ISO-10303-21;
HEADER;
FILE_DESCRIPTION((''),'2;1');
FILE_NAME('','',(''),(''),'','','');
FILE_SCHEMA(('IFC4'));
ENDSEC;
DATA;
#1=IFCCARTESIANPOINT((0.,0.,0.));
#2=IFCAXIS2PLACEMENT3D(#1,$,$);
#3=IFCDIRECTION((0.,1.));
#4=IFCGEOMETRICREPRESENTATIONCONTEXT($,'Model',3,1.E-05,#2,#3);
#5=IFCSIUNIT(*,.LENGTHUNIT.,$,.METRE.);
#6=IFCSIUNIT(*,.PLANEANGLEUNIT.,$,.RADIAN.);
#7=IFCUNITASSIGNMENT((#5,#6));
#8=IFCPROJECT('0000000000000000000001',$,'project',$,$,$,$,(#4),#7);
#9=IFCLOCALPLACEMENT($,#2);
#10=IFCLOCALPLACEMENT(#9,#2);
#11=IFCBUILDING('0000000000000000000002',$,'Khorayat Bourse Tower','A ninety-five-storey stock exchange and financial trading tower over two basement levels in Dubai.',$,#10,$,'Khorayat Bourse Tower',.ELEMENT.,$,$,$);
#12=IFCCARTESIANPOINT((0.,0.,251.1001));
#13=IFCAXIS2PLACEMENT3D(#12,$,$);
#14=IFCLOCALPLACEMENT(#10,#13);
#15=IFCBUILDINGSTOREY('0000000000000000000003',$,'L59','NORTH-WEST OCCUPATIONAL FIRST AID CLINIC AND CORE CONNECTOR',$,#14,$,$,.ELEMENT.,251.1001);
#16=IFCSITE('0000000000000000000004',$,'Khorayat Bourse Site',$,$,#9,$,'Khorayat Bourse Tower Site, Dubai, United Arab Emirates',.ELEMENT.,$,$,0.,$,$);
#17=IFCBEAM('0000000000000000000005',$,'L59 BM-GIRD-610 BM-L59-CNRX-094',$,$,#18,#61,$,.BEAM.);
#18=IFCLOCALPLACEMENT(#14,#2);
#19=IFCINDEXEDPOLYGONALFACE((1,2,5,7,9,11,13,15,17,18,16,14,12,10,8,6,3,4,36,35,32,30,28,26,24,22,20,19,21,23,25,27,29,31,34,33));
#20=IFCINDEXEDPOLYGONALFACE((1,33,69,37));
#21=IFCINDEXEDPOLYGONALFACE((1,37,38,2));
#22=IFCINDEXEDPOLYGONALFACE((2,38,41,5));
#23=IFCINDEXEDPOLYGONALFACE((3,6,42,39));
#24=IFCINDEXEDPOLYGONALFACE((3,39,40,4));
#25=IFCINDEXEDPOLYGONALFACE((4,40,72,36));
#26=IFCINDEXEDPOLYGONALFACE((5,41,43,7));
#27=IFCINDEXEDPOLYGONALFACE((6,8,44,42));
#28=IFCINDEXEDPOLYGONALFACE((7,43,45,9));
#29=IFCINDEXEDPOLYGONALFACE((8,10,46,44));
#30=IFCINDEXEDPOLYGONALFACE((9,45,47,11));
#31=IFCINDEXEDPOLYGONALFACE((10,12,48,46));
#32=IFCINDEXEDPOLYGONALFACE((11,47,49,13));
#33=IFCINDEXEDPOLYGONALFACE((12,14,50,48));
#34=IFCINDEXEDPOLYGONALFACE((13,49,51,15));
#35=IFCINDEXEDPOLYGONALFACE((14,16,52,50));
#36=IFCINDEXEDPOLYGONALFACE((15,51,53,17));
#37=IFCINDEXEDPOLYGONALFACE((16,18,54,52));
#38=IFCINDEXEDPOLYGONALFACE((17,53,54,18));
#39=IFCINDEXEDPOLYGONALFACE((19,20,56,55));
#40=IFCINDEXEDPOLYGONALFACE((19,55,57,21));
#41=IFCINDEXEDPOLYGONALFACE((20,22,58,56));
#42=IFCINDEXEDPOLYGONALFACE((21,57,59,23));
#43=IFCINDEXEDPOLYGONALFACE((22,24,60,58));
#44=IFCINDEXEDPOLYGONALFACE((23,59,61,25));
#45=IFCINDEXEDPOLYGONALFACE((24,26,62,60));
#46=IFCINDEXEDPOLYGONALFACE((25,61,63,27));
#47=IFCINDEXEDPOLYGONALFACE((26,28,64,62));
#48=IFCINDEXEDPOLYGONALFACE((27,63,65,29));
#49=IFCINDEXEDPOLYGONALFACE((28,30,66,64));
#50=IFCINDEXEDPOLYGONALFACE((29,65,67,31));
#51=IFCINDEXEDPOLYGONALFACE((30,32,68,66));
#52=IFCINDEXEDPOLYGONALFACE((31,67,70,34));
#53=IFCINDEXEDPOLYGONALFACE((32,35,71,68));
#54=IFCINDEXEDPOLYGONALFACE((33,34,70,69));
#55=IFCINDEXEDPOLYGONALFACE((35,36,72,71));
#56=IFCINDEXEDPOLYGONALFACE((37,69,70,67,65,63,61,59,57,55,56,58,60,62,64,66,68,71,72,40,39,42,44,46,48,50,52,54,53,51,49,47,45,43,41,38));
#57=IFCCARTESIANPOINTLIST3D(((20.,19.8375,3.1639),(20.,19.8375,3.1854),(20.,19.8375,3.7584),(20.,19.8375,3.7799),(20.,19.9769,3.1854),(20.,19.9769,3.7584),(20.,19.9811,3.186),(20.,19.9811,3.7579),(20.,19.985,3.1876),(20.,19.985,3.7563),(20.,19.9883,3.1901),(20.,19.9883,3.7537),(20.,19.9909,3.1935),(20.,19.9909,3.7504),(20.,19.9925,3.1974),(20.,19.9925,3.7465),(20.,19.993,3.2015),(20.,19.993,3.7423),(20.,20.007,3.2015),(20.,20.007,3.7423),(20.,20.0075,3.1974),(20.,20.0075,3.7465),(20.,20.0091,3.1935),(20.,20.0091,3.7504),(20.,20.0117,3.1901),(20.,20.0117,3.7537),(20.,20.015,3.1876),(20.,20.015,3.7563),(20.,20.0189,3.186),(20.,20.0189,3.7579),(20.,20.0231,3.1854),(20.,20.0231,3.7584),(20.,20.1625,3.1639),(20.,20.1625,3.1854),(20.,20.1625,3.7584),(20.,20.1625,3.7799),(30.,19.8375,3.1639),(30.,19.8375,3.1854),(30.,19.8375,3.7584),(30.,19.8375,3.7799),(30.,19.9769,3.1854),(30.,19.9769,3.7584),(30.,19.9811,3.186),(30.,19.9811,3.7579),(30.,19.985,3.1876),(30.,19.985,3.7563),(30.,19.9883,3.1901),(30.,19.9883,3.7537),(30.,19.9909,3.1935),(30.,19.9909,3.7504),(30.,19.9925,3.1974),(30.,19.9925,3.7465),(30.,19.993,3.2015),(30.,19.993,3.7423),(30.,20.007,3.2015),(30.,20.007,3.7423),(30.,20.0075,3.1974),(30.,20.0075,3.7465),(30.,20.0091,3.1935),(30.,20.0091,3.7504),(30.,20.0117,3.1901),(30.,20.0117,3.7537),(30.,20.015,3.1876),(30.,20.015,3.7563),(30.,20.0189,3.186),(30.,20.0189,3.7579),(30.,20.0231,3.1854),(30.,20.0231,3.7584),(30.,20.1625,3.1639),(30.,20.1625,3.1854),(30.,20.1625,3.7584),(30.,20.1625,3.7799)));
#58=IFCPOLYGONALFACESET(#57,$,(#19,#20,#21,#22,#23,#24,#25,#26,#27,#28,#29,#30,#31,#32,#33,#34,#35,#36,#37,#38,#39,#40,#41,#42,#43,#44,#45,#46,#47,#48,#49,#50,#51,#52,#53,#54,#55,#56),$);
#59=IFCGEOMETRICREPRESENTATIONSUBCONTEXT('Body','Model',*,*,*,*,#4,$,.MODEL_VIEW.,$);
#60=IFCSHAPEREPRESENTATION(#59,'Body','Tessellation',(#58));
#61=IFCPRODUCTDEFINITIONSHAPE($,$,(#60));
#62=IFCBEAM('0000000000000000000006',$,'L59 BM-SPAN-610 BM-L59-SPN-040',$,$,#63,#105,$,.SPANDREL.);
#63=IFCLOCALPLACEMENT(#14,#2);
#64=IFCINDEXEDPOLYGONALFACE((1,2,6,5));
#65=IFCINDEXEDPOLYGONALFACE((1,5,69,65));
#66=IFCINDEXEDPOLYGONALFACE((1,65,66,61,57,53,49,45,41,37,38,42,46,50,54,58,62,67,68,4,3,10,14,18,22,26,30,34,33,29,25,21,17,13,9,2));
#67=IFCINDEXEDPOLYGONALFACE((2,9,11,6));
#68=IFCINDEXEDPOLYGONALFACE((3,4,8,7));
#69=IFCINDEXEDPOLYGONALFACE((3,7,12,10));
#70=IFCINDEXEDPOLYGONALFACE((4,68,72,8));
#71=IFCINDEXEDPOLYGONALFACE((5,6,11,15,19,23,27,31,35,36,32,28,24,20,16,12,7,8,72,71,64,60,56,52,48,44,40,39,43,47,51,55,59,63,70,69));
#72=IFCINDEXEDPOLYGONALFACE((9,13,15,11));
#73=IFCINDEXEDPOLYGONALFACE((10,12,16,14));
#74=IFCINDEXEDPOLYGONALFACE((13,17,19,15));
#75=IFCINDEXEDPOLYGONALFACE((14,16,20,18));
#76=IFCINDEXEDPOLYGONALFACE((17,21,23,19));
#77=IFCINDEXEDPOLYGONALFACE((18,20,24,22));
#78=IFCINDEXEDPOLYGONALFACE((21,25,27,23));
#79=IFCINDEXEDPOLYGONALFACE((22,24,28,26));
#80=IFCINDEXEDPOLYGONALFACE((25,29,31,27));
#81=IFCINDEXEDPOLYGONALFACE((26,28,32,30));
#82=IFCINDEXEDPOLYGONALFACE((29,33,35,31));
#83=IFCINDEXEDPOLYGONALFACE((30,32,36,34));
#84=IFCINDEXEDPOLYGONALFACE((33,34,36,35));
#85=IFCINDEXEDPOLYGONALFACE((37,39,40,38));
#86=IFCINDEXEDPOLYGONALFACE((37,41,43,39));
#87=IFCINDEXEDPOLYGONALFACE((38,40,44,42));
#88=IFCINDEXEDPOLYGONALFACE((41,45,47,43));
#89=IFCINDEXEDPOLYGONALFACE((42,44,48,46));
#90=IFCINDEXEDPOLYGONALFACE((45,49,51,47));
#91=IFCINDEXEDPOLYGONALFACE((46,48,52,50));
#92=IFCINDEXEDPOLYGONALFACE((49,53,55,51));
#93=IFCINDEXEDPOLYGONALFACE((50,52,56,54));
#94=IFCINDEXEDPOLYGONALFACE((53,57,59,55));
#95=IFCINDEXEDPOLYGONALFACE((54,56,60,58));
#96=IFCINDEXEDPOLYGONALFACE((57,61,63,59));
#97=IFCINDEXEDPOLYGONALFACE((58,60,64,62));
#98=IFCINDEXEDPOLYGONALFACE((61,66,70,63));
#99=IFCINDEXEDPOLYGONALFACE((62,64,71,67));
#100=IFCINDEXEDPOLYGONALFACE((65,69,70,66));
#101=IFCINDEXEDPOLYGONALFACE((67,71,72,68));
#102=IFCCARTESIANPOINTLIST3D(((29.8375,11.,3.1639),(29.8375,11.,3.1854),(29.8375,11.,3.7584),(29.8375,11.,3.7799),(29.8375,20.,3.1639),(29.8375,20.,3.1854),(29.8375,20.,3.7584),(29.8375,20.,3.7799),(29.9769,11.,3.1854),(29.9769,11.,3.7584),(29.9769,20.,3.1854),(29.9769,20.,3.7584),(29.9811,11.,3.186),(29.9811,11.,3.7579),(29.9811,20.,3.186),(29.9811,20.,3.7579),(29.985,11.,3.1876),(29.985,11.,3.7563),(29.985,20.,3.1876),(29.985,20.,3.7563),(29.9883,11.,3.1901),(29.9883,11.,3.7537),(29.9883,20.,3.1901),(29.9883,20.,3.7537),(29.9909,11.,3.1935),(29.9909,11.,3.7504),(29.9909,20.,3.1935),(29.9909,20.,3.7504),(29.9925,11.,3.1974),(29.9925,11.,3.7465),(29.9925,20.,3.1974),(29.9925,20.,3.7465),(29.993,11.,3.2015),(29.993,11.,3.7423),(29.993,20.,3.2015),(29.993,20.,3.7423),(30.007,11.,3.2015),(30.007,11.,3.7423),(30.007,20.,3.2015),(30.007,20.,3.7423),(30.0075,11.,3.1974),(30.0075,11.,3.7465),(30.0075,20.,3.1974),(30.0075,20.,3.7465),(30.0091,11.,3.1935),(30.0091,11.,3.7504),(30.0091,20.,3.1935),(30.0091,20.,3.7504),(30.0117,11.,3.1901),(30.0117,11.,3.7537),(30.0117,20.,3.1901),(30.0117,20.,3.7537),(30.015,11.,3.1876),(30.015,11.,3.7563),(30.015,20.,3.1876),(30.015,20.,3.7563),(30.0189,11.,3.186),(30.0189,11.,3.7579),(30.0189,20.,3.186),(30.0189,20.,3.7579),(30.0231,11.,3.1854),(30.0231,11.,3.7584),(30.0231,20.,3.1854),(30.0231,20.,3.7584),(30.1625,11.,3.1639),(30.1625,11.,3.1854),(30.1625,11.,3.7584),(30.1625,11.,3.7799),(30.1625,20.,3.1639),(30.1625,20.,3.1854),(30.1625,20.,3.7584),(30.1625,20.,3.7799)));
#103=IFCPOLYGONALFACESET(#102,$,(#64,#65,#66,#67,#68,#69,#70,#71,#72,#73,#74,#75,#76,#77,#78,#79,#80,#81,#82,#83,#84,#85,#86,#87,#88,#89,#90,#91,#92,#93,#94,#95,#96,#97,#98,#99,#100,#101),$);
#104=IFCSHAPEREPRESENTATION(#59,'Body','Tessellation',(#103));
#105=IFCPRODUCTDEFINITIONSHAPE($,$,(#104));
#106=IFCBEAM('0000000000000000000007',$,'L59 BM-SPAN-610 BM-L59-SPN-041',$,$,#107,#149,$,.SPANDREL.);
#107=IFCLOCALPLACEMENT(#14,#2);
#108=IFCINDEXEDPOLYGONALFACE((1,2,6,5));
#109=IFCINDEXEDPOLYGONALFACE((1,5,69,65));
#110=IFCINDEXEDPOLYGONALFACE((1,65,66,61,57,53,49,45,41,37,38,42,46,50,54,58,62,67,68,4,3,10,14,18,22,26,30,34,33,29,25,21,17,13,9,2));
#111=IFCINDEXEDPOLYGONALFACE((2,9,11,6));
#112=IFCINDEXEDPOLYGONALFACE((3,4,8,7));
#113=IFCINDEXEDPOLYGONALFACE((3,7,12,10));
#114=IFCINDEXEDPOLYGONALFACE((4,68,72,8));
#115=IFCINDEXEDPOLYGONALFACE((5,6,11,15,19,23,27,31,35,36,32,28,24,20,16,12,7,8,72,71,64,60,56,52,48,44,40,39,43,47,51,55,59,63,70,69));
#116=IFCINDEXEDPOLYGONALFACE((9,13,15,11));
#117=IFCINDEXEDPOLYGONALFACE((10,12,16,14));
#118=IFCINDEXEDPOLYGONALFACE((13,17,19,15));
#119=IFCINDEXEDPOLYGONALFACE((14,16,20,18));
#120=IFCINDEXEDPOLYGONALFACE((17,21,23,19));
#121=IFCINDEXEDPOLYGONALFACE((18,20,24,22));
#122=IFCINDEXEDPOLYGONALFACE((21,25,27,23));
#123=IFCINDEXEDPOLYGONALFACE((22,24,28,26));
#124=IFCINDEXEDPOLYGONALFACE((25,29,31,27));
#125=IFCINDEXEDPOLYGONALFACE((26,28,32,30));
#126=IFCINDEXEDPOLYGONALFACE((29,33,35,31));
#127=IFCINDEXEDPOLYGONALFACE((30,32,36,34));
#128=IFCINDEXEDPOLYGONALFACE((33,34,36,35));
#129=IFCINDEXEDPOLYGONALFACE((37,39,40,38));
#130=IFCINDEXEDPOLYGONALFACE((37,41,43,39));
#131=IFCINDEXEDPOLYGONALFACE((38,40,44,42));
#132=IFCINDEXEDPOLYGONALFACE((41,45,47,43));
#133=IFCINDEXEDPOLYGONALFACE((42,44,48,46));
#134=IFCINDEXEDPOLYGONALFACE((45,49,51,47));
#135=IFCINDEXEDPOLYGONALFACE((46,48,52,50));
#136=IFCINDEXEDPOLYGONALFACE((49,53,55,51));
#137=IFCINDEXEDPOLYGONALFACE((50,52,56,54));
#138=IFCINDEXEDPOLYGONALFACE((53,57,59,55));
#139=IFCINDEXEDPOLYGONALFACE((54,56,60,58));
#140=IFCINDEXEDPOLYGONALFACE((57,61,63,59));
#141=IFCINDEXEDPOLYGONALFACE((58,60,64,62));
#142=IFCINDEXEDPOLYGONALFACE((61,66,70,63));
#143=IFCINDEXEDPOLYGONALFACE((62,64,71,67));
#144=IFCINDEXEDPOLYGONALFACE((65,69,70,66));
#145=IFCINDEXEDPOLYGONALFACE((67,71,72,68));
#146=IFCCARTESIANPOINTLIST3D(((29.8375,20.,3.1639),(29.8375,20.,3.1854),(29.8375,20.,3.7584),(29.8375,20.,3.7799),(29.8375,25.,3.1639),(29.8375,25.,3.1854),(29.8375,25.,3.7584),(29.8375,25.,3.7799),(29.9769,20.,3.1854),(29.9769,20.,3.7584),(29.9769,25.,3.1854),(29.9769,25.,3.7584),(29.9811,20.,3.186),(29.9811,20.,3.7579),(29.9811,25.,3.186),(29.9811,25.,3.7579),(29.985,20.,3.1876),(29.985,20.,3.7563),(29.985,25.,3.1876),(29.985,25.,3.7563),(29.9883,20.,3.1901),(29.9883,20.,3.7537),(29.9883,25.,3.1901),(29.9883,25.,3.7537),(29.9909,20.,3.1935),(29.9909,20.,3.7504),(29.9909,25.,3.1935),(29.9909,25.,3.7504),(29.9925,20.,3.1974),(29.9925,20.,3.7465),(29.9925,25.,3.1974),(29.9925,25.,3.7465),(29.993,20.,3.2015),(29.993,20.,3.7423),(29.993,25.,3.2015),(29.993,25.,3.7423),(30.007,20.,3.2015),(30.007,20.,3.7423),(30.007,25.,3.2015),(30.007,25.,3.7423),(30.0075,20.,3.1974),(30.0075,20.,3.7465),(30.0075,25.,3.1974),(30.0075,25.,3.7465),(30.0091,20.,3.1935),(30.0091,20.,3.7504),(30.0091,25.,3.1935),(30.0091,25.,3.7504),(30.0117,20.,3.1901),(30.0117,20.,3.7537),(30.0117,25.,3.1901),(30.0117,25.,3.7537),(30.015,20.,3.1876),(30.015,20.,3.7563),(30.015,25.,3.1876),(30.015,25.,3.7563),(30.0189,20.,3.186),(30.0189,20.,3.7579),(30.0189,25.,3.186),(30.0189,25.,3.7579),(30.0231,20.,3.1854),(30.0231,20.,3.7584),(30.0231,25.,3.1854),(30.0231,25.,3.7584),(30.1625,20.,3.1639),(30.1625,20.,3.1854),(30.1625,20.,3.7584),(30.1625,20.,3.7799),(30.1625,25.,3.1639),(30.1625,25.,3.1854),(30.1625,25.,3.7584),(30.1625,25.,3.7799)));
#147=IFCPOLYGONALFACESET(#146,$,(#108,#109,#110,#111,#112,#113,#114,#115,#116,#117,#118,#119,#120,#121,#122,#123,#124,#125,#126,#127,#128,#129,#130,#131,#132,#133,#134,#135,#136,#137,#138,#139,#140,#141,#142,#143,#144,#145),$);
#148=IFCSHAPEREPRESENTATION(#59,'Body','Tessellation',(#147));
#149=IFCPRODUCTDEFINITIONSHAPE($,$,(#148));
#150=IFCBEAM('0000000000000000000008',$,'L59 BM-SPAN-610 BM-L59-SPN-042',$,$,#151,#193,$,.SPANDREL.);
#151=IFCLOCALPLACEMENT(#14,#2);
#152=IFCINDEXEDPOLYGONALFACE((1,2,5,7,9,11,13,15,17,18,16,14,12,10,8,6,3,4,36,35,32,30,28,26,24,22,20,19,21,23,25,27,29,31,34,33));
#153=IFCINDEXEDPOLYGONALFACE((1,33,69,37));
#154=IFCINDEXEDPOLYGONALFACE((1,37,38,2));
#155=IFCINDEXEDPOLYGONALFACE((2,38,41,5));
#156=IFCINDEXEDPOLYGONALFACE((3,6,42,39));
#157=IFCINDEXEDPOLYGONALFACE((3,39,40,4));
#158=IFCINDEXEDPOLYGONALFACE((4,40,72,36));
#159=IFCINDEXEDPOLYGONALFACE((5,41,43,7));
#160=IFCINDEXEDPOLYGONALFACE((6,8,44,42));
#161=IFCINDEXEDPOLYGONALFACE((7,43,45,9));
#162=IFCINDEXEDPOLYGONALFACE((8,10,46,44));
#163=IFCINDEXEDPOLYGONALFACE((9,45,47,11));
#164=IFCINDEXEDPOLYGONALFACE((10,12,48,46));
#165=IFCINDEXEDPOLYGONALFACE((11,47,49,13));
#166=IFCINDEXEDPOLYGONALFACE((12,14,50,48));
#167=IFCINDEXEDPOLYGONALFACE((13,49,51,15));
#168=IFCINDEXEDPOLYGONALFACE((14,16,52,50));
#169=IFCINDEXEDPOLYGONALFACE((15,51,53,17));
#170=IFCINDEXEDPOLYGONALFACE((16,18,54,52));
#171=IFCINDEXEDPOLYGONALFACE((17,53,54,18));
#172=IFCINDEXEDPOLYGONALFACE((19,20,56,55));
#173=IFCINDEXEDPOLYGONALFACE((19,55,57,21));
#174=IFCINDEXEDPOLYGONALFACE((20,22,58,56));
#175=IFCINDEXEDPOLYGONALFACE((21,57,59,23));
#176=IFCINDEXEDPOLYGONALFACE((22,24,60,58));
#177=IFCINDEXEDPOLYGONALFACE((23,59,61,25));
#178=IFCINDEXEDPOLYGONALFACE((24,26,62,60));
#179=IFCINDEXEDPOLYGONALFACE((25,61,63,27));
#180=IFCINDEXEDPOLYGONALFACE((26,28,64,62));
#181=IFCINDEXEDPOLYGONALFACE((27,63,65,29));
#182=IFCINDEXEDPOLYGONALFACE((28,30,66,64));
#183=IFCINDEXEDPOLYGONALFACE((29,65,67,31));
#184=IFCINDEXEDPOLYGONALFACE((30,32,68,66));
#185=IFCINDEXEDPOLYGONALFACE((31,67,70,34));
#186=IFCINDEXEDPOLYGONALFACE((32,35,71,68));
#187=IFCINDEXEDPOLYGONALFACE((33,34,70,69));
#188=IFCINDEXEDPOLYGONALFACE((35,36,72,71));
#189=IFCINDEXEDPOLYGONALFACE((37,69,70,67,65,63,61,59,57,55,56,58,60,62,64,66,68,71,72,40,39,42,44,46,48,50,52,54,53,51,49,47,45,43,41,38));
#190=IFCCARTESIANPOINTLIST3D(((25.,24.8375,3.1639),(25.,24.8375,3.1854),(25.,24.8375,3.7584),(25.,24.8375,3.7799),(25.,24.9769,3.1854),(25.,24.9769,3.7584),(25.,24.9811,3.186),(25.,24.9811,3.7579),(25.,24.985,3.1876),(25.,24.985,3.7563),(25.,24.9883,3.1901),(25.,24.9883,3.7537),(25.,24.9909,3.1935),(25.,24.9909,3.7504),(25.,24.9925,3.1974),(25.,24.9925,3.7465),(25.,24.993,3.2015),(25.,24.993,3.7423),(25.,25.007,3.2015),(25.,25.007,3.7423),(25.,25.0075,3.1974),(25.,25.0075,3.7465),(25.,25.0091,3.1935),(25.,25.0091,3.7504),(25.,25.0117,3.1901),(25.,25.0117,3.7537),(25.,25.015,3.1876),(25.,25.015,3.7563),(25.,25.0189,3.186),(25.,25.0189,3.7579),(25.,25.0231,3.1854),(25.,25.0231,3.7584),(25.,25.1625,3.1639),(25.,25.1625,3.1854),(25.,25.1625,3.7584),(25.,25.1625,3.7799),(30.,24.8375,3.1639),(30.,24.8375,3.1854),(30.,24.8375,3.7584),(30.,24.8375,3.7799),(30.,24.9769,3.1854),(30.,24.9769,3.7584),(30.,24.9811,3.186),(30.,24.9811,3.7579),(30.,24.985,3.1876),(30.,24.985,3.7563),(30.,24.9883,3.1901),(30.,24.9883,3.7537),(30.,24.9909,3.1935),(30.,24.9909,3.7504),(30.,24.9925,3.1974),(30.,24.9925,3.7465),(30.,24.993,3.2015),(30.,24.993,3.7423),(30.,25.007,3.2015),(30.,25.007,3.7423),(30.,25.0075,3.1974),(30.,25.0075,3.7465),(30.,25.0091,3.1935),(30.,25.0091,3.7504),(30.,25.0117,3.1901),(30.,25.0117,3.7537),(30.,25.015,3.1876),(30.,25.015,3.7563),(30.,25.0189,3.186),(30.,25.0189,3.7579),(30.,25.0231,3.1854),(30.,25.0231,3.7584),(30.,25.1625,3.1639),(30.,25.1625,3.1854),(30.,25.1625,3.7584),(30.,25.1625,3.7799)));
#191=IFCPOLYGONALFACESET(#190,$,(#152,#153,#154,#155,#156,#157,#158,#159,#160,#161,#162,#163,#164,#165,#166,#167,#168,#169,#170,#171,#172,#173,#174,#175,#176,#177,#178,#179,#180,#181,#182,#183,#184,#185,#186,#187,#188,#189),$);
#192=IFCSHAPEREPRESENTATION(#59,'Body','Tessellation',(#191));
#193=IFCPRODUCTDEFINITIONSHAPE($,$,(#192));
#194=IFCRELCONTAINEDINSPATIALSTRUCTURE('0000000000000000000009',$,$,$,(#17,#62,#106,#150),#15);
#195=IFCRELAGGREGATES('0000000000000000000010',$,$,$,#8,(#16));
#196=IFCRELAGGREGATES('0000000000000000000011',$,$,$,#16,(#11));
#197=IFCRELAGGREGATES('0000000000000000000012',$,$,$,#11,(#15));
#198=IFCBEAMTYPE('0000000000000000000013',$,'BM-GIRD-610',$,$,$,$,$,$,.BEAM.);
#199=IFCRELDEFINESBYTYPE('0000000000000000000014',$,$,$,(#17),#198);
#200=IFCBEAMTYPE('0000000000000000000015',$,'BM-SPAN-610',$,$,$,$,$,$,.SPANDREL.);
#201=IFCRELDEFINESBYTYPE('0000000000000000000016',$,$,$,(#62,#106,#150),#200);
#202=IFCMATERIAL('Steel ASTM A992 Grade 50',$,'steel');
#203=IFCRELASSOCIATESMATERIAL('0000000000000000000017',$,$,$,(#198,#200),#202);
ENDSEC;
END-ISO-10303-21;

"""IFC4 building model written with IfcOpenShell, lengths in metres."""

from ifc_helpers import new_model, si_unit, direction, frame, origin, origin_2d, place, context, subcontext, project, spatial, i_section, extrude, source, transform, mapped, material, material_profile, profile_set, type_object, element, save


model = new_model("IFC4")

# Units and contexts
model_context = context("Model", 3, precision=1e-05, world=origin(), true_north=direction((0.0, 1.0)))
body_context = subcontext(model_context, "Body", "Model", "MODEL_VIEW")
ifc_project = project(units=[si_unit("LENGTHUNIT", "METRE"), si_unit("PLANEANGLEUNIT", "RADIAN")], contexts=[model_context])

# Site, building, storey
site_placement = place(None, origin())
site = spatial("IfcSite", under=ifc_project, at=site_placement, Name="Khorayat Bourse Site", LongName="Khorayat Bourse Tower Site, Dubai, United Arab Emirates", CompositionType="ELEMENT", RefElevation=0.0)
building_placement = place(site_placement, origin())
building = spatial("IfcBuilding", under=site, at=building_placement, Name="Khorayat Bourse Tower", Description="A ninety-five-storey stock exchange and financial trading tower over two basement levels in Dubai.", LongName="Khorayat Bourse Tower", CompositionType="ELEMENT")
storey_placement = place(building_placement, frame((0.0, 0.0, 251.1001)))
storey = spatial("IfcBuildingStorey", under=building, at=storey_placement, Name="L59", Description="NORTH-WEST OCCUPATIONAL FIRST AID CLINIC AND CORE CONNECTOR", CompositionType="ELEMENT", Elevation=251.1001)

# Beams
ifc_material_1 = material(Name="Steel ASTM A992 Grade 50", Category="steel")
ifc_material_profile_1 = material_profile(ifc_material_1, i_section(OverallWidth=0.325, OverallDepth=0.616, WebThickness=0.0139, FlangeThickness=0.0215, FilletRadius=0.0161, at=origin_2d()), Name="W610X174")
ifc_profile_set_1 = profile_set([ifc_material_profile_1], Name="Steel ASTM A992 Grade 50")
beam_type_1 = type_object("IfcBeamType", Name="BM-GIRD-610", PredefinedType="BEAM", material=ifc_profile_set_1)
shared_shape_1 = source(origin(), body_context, "Body", "SweptSolid", [
    extrude(i_section(OverallWidth=0.325, OverallDepth=0.616, WebThickness=0.0139, FlangeThickness=0.0215, FilletRadius=0.0161, at=origin_2d()), origin(), (0.0, 0.0, 1.0), 10.0),
])
beam_1_placement = place(storey_placement, frame((20.0, 20.0, 3.4719), z_axis=(1.0, 0.0, 0.0), x_axis=(0.0, 1.0, 0.0)))
element("IfcBeam", 1, at=beam_1_placement, inside=storey, type_object=beam_type_1, Name="L59 BM-GIRD-610 BM-L59-CNRX-094", PredefinedType="BEAM", context=body_context, shape_type="MappedRepresentation", body=[
    mapped(shared_shape_1, transform((0.0, 0.0, 0.0), scale=1.0)),
])
ifc_material_profile_2 = material_profile(ifc_material_1, i_section(OverallWidth=0.325, OverallDepth=0.616, WebThickness=0.0139, FlangeThickness=0.0215, FilletRadius=0.0161, at=origin_2d()), Name="W610X174")
ifc_profile_set_2 = profile_set([ifc_material_profile_2], Name="Steel ASTM A992 Grade 50")
beam_type_2 = type_object("IfcBeamType", Name="BM-SPAN-610", PredefinedType="SPANDREL", material=ifc_profile_set_2)
shared_shape_2 = source(origin(), body_context, "Body", "SweptSolid", [
    extrude(i_section(OverallWidth=0.325, OverallDepth=0.616, WebThickness=0.0139, FlangeThickness=0.0215, FilletRadius=0.0161, at=origin_2d()), origin(), (0.0, 0.0, 1.0), 9.0),
])
beam_2_placement = place(storey_placement, frame((30.0, 11.0, 3.4719), z_axis=(0.0, 1.0, 0.0), x_axis=(-1.0, 0.0, 0.0)))
element("IfcBeam", 2, at=beam_2_placement, inside=storey, type_object=beam_type_2, Name="L59 BM-SPAN-610 BM-L59-SPN-040", PredefinedType="SPANDREL", context=body_context, shape_type="MappedRepresentation", body=[
    mapped(shared_shape_2, transform((0.0, 0.0, 0.0), scale=1.0)),
])
shared_shape_3 = source(origin(), body_context, "Body", "SweptSolid", [
    extrude(i_section(OverallWidth=0.325, OverallDepth=0.616, WebThickness=0.0139, FlangeThickness=0.0215, FilletRadius=0.0161, at=origin_2d()), origin(), (0.0, 0.0, 1.0), 5.0),
])
for number, where, z_axis, x_axis, name in (
    (3, (30.0, 20.0, 3.4719), (0.0, 1.0, 0.0), (-1.0, 0.0, 0.0), "L59 BM-SPAN-610 BM-L59-SPN-041"),
    (4, (25.0, 25.0, 3.4719), (1.0, 0.0, 0.0), (0.0, 1.0, 0.0), "L59 BM-SPAN-610 BM-L59-SPN-042"),
):
    element("IfcBeam", number, at=place(storey_placement, frame(where, z_axis=z_axis, x_axis=x_axis)), inside=storey, type_object=beam_type_2, Name=name, PredefinedType="SPANDREL", context=body_context, shape_type="MappedRepresentation", body=[
        mapped(shared_shape_3, transform((0.0, 0.0, 0.0), scale=1.0)),
    ])

save(model, "model.ifc")
